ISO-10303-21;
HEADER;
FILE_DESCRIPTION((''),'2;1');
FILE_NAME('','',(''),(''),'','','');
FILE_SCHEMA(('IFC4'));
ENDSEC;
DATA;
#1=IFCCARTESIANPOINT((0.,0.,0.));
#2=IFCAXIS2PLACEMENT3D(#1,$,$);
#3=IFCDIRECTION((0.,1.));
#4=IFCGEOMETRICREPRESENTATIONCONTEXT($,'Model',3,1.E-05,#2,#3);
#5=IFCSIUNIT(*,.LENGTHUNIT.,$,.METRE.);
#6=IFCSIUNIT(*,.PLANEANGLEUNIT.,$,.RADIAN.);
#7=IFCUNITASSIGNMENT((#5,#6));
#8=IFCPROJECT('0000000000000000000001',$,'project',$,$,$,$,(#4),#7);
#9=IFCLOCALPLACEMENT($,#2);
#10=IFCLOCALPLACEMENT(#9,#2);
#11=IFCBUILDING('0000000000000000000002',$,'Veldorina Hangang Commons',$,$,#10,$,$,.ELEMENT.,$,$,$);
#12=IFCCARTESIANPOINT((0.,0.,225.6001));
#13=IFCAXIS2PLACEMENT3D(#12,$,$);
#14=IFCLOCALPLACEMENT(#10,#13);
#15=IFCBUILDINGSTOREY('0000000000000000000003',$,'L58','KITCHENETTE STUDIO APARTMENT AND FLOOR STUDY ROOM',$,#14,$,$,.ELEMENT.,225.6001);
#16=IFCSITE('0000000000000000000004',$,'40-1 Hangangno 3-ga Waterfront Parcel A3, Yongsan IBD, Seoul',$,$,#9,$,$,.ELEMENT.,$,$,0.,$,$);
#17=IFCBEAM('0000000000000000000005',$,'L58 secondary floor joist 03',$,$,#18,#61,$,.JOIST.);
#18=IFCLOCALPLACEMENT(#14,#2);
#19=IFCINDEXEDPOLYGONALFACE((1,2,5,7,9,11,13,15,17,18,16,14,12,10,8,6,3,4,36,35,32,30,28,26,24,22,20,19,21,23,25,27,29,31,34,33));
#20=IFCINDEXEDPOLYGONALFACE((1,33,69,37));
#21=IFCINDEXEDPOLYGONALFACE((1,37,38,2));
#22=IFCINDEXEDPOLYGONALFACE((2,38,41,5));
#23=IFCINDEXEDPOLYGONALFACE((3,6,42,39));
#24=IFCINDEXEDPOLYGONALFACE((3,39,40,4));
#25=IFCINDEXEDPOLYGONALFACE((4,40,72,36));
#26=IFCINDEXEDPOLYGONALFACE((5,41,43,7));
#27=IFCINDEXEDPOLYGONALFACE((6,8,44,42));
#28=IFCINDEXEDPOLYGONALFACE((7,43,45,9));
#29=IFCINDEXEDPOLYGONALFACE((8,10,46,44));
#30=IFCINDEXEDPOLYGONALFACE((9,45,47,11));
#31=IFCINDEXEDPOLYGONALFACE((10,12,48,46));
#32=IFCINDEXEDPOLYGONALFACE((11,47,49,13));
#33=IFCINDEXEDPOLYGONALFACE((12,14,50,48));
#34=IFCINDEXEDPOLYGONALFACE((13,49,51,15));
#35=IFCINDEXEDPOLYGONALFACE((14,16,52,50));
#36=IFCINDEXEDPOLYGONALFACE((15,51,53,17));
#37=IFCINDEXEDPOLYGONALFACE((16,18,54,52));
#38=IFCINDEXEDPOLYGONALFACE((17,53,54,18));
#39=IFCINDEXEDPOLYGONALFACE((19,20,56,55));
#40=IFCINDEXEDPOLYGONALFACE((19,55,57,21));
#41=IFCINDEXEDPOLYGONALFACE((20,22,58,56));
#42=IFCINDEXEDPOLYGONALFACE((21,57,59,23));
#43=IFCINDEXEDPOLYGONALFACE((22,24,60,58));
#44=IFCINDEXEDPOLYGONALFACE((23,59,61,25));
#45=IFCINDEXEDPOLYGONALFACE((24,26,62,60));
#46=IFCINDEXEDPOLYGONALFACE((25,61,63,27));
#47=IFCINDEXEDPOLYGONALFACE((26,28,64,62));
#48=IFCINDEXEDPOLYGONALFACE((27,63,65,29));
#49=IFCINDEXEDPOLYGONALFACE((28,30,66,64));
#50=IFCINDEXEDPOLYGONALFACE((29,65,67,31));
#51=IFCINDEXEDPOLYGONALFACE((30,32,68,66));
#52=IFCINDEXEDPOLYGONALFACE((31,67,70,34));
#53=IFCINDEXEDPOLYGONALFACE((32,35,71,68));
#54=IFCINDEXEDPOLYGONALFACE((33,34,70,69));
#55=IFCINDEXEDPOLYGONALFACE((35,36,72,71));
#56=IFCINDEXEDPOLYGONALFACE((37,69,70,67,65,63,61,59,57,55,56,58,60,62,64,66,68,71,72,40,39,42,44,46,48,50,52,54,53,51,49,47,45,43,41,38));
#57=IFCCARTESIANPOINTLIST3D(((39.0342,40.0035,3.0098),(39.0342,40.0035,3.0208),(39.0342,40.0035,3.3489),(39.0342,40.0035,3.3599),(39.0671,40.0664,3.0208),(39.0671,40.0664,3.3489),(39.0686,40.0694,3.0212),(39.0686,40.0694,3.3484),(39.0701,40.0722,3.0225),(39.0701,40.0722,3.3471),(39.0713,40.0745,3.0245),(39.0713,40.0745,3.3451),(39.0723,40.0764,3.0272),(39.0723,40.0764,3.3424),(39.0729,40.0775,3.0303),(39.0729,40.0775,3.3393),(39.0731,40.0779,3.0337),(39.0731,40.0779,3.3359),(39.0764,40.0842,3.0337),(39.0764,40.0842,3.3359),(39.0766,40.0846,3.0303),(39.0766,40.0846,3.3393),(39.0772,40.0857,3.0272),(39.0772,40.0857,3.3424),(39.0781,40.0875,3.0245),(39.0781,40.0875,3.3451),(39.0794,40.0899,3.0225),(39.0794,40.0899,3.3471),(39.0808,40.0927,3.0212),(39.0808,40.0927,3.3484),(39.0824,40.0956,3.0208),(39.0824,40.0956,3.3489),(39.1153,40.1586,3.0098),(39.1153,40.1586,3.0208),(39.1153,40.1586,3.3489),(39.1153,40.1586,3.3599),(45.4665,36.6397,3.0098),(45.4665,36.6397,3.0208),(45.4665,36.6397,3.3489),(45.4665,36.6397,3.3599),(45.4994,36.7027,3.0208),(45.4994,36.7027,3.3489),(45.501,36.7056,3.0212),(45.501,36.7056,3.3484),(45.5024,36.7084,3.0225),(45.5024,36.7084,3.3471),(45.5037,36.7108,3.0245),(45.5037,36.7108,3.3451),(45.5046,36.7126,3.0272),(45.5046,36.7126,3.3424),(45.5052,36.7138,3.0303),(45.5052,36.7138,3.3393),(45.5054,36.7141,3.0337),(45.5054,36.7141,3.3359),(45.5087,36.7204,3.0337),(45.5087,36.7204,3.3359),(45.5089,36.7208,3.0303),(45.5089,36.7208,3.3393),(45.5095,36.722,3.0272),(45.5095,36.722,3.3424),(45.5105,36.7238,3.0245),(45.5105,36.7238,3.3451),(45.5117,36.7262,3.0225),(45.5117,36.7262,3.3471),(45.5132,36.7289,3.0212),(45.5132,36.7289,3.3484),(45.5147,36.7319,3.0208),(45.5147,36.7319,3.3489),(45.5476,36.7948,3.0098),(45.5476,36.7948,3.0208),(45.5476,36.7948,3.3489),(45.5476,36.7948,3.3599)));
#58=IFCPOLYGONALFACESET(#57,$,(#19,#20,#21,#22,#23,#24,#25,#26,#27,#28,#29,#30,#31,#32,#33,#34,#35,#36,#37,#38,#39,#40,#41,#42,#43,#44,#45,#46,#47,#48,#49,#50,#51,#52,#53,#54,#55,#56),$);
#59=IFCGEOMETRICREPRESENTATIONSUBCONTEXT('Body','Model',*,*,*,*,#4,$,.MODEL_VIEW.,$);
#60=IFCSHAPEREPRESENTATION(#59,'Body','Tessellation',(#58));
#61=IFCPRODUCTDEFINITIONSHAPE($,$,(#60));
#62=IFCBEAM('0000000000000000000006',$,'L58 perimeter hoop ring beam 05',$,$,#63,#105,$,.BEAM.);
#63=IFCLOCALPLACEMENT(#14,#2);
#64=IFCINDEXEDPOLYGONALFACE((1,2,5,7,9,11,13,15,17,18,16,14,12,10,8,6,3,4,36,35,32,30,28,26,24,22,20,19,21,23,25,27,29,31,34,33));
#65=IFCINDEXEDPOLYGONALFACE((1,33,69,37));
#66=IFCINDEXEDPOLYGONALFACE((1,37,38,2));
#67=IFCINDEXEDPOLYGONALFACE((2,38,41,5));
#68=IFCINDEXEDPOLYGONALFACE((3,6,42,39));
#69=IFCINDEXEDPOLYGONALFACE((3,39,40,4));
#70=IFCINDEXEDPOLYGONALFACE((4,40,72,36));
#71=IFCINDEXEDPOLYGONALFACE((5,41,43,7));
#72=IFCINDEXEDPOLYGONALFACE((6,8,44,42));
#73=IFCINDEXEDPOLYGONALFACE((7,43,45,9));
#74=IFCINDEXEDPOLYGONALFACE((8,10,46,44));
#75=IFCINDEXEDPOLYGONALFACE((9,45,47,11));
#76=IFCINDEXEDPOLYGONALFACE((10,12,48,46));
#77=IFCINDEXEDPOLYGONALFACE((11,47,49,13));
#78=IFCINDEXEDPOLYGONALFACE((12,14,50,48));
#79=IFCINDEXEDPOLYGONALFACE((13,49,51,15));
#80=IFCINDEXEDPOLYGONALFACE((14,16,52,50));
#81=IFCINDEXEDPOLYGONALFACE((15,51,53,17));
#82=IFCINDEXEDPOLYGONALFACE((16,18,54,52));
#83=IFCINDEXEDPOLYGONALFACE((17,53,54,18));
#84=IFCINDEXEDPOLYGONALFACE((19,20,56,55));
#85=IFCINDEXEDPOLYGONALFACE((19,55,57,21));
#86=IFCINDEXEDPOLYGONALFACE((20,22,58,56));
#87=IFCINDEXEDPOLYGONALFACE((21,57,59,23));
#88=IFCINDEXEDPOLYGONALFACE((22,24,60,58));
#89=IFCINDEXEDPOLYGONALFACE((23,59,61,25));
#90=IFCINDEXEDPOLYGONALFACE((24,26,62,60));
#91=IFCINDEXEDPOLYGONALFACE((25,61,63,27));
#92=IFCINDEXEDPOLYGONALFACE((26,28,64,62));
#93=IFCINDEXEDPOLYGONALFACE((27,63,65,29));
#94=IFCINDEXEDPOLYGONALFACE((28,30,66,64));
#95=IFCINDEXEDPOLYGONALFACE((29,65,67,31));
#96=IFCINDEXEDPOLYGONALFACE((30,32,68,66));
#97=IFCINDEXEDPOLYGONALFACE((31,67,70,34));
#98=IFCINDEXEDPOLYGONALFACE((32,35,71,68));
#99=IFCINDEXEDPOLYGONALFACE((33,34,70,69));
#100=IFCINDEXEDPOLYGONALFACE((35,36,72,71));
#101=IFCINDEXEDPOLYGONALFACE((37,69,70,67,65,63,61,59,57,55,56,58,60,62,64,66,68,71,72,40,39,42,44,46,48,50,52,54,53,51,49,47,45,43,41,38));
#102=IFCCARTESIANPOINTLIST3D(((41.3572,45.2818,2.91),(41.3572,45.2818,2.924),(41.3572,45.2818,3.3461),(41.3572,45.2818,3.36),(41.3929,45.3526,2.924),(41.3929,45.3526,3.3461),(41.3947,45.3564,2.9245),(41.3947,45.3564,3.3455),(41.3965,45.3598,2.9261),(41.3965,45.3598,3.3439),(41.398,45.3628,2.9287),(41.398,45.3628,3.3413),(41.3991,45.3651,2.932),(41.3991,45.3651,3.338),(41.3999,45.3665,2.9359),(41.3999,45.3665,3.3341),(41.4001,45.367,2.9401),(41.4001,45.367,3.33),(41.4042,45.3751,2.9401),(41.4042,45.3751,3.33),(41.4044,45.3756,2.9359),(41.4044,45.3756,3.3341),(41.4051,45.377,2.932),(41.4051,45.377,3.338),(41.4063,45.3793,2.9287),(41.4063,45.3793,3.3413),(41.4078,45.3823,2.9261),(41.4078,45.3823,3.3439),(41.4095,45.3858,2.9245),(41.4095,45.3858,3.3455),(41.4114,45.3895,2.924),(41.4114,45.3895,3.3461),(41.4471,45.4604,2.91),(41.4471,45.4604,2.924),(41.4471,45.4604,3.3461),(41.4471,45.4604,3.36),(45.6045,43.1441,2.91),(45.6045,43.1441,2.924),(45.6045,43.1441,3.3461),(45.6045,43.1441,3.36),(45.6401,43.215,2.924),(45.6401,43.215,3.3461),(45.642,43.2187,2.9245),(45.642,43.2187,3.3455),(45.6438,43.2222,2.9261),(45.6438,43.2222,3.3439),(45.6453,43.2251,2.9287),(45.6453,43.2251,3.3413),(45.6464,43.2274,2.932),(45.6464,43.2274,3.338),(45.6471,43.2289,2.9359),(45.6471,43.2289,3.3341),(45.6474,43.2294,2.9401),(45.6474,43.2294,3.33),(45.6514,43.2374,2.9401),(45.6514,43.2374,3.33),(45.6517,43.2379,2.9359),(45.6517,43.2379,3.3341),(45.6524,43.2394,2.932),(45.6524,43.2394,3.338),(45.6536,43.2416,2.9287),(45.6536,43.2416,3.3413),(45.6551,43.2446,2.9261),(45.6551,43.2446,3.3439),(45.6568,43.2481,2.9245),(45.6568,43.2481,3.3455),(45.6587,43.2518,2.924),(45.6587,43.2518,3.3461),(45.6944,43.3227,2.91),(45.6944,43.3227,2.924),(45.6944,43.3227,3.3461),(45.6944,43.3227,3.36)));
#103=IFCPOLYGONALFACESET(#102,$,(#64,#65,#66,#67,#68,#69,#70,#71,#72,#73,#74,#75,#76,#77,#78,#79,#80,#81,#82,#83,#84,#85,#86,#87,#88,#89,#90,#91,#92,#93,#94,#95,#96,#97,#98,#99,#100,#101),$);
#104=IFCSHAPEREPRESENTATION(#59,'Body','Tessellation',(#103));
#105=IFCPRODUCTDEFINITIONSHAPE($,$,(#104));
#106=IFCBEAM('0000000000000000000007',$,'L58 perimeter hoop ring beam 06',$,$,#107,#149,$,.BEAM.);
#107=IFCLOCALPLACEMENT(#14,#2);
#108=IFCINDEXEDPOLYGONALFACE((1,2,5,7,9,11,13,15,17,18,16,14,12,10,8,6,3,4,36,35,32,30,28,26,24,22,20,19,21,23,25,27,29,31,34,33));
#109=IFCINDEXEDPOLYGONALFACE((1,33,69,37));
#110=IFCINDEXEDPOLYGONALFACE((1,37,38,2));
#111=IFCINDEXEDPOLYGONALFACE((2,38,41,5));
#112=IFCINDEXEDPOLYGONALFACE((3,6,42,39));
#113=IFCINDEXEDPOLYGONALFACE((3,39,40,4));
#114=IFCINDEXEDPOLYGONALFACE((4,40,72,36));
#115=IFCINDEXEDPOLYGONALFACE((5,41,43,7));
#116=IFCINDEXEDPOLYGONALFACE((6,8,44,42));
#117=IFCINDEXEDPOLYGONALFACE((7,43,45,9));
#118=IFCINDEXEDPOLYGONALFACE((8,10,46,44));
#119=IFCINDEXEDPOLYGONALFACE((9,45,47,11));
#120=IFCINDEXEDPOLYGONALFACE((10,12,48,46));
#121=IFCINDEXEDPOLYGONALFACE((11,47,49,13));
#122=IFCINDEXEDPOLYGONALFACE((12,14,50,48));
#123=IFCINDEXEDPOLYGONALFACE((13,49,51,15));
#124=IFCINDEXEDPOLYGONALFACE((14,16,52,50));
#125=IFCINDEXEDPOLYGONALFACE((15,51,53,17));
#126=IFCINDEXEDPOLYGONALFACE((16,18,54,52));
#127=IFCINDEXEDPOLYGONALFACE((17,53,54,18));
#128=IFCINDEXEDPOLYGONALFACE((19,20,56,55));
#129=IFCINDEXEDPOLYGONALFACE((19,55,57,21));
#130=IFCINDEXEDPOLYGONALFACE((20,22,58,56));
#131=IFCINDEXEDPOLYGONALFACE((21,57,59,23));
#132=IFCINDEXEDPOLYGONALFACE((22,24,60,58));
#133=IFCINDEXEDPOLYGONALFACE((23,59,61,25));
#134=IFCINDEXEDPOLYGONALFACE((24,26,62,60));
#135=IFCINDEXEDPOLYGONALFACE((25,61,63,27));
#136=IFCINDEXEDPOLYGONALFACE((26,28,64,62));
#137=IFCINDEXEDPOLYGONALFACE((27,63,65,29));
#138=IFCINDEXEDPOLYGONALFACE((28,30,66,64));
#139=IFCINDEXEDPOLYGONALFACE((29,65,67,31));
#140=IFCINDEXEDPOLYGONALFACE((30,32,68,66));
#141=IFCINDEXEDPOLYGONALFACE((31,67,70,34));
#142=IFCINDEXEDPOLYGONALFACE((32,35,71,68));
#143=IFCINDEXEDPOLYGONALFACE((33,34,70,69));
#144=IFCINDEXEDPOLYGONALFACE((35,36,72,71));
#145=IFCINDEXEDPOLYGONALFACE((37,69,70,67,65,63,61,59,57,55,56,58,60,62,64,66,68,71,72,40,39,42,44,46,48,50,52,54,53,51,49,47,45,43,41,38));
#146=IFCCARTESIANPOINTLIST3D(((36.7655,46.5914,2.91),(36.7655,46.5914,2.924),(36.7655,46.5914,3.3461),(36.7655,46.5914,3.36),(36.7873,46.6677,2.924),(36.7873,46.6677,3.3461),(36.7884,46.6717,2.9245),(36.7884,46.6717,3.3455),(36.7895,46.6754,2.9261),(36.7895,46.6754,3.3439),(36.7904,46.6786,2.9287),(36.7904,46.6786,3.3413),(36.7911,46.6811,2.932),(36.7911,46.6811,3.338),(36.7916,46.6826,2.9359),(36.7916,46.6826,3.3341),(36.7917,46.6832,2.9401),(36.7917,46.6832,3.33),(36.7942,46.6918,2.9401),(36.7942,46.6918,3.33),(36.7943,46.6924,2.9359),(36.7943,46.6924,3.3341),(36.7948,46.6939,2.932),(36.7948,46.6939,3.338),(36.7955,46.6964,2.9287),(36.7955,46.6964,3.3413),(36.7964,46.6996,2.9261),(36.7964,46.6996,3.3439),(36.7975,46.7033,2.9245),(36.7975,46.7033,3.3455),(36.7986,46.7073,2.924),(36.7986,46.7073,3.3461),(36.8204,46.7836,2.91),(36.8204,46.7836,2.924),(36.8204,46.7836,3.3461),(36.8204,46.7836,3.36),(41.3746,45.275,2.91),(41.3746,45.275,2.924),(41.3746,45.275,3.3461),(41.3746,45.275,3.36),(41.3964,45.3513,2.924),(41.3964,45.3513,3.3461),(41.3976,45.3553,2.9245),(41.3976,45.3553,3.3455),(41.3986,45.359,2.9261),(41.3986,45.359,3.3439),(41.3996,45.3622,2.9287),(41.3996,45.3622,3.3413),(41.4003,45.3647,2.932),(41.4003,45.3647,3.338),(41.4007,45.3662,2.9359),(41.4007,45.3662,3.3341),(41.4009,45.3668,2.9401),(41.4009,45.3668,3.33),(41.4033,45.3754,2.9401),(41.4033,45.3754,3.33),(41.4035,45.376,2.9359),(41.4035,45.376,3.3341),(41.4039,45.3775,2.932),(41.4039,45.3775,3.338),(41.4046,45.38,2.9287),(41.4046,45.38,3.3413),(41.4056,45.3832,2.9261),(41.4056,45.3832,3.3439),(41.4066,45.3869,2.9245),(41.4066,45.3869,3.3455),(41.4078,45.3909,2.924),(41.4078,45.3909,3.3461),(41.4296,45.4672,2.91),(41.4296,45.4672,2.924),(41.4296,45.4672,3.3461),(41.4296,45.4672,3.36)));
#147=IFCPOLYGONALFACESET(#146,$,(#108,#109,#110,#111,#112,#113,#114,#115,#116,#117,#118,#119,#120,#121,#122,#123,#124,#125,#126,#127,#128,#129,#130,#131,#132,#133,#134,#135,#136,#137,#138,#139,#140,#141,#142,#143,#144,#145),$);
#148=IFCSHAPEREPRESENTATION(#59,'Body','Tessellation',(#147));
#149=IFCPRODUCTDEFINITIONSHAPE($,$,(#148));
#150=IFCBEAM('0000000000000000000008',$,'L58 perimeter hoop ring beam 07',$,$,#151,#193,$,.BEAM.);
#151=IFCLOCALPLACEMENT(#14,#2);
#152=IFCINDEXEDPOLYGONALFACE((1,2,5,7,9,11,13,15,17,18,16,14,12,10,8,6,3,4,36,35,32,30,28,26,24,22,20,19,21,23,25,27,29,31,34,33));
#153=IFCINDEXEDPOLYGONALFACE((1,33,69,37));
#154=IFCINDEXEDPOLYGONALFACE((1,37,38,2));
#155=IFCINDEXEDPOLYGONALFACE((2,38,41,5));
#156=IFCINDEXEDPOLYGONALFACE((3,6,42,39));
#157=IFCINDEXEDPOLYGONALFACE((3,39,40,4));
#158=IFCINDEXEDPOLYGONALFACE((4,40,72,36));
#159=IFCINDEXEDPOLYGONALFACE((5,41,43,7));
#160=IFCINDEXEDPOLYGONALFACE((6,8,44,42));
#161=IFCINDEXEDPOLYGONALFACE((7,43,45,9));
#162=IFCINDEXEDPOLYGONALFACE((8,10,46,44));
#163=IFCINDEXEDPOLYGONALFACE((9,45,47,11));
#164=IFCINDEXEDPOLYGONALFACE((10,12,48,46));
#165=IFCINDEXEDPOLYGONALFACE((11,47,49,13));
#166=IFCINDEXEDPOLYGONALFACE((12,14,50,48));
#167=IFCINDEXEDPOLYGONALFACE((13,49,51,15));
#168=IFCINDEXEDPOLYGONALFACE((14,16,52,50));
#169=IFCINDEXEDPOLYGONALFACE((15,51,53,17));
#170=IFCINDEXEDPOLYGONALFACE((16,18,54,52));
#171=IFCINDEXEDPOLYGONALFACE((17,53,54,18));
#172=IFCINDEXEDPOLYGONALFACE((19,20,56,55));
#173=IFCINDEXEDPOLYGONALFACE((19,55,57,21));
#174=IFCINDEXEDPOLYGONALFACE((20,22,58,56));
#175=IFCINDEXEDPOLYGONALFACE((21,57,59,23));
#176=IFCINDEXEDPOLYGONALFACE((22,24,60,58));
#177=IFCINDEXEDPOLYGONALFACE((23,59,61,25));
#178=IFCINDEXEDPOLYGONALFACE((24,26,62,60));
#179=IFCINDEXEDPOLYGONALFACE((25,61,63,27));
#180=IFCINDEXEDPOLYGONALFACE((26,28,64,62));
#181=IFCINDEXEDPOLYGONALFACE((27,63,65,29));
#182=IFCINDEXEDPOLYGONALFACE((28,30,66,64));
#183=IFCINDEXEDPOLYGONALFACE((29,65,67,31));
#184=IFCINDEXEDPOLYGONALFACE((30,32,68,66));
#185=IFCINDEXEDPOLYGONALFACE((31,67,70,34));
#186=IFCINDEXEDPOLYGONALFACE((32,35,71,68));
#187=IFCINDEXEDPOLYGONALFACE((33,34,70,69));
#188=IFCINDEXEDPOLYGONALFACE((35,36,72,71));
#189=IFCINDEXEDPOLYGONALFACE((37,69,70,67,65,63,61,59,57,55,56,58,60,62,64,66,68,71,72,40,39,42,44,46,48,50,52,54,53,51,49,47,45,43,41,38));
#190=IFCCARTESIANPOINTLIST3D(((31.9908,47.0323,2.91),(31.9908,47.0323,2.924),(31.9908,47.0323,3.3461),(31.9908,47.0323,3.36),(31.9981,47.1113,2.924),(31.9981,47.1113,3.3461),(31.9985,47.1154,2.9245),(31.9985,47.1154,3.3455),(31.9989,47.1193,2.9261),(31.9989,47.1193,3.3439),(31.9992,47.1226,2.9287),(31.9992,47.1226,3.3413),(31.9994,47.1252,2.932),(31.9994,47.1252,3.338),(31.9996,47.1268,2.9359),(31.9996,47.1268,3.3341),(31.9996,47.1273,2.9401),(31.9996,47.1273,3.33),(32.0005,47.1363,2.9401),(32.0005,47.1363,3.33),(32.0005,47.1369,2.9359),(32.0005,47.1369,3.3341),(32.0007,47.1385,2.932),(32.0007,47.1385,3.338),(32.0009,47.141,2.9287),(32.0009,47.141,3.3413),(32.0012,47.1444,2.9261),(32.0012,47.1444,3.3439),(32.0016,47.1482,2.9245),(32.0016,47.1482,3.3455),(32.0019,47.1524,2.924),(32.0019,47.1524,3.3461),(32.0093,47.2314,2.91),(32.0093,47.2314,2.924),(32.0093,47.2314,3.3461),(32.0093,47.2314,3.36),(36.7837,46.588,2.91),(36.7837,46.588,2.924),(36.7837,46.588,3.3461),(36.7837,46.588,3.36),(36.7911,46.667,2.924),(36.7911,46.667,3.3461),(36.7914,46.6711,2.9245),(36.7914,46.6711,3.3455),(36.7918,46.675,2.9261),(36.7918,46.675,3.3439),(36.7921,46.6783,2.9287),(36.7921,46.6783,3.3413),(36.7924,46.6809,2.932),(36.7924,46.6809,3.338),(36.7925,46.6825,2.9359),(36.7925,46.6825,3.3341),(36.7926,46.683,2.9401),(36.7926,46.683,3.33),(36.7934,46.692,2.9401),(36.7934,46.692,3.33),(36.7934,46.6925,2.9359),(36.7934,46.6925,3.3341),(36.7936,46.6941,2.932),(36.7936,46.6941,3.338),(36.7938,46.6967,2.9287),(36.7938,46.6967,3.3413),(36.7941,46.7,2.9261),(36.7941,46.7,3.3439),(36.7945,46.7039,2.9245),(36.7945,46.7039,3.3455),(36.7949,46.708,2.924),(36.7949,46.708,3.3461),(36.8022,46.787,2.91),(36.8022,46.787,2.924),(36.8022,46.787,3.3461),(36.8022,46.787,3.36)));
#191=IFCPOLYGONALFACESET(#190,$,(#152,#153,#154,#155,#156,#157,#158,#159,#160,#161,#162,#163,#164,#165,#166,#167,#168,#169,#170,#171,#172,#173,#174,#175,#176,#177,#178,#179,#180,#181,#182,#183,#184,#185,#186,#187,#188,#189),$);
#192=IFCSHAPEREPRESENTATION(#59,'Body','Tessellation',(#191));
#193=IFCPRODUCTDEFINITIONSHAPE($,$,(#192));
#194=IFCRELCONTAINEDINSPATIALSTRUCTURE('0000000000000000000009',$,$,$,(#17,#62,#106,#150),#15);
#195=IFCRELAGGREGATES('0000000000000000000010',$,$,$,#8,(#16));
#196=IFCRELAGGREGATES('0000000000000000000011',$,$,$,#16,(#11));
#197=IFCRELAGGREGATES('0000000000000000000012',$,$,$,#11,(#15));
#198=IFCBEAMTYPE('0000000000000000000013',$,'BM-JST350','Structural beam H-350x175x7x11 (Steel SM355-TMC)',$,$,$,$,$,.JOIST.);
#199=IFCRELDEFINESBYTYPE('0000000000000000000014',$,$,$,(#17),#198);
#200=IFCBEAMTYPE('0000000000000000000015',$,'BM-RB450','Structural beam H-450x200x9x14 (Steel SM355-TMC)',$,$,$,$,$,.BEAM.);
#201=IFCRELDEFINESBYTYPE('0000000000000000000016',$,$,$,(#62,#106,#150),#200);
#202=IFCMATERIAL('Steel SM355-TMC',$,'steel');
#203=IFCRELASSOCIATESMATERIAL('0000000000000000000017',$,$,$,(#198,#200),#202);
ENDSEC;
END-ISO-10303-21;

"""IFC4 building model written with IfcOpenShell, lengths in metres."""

from ifc_helpers import new_model, si_unit, direction, frame, origin, origin_2d, place, context, subcontext, project, spatial, i_section, extrude, material, material_profile, profile_set, type_object, element, save


model = new_model("IFC4")

# Units and contexts
model_context = context("Model", 3, precision=1e-05, world=origin(), true_north=direction((0.0, 1.0)))
body_context = subcontext(model_context, "Body", "Model", "MODEL_VIEW")
ifc_project = project(units=[si_unit("LENGTHUNIT", "METRE"), si_unit("PLANEANGLEUNIT", "RADIAN")], contexts=[model_context])

# Site, building, storey
site_placement = place(None, origin())
site = spatial("IfcSite", under=ifc_project, at=site_placement, Name="40-1 Hangangno 3-ga Waterfront Parcel A3, Yongsan IBD, Seoul", CompositionType="ELEMENT", RefElevation=0.0)
building_placement = place(site_placement, origin())
building = spatial("IfcBuilding", under=site, at=building_placement, Name="Veldorina Hangang Commons", CompositionType="ELEMENT")
storey_placement = place(building_placement, frame((0.0, 0.0, 225.6001)))
storey = spatial("IfcBuildingStorey", under=building, at=storey_placement, Name="L58", Description="KITCHENETTE STUDIO APARTMENT AND FLOOR STUDY ROOM", CompositionType="ELEMENT", Elevation=225.6001)

# Beams
ifc_material_1 = material(Name="Steel SM355-TMC", Category="steel")
ifc_material_profile_1 = material_profile(ifc_material_1, i_section(OverallWidth=0.175, OverallDepth=0.3501, WebThickness=0.0071, FlangeThickness=0.011, FilletRadius=0.0129, at=origin_2d()), Name="H-350x175x7x11")
ifc_profile_set_1 = profile_set([ifc_material_profile_1], Name="Steel SM355-TMC")
beam_type_1 = type_object("IfcBeamType", Name="BM-JST350", Description="Structural beam H-350x175x7x11 (Steel SM355-TMC)", PredefinedType="JOIST", material=ifc_profile_set_1)
beam_1_placement = place(storey_placement, frame((45.5071, 36.7173, 3.1848), z_axis=(-0.886147, 0.463405, 0.0), x_axis=(-0.463405, -0.886147, 0.0)))
element("IfcBeam", 1, at=beam_1_placement, inside=storey, type_object=beam_type_1, Name="L58 secondary floor joist 03", PredefinedType="JOIST", context=body_context, shape_type="SweptSolid", body=[
    extrude(i_section(OverallWidth=0.175, OverallDepth=0.3501, WebThickness=0.0071, FlangeThickness=0.011, FilletRadius=0.0129, at=origin_2d()), origin(), (0.0, 0.0, 1.0), 7.2588),
])
ifc_material_profile_2 = material_profile(ifc_material_1, i_section(OverallWidth=0.2, OverallDepth=0.45, WebThickness=0.009, FlangeThickness=0.0139, FilletRadius=0.0161, at=origin_2d()), Name="H-450x200x9x14")
ifc_profile_set_2 = profile_set([ifc_material_profile_2], Name="Steel SM355-TMC")
beam_type_2 = type_object("IfcBeamType", Name="BM-RB450", Description="Structural beam H-450x200x9x14 (Steel SM355-TMC)", PredefinedType="BEAM", material=ifc_profile_set_2)
beam_2_placement = place(storey_placement, frame((45.6494, 43.2334, 3.135), z_axis=(-0.893243, 0.449574, 0.0), x_axis=(-0.449574, -0.893243, 0.0)))
element("IfcBeam", 2, at=beam_2_placement, inside=storey, type_object=beam_type_2, Name="L58 perimeter hoop ring beam 05", PredefinedType="BEAM", context=body_context, shape_type="SweptSolid", body=[
    extrude(i_section(OverallWidth=0.2, OverallDepth=0.45, WebThickness=0.009, FlangeThickness=0.0139, FilletRadius=0.0161, at=origin_2d()), origin(), (0.0, 0.0, 1.0), 4.7549),
])
beam_3_placement = place(storey_placement, frame((41.4021, 45.3711, 3.135), z_axis=(-0.961551, 0.274627, 0.0), x_axis=(-0.274627, -0.961551, 0.0)))
element("IfcBeam", 3, at=beam_3_placement, inside=storey, type_object=beam_type_2, Name="L58 perimeter hoop ring beam 06", PredefinedType="BEAM", context=body_context, shape_type="SweptSolid", body=[
    extrude(i_section(OverallWidth=0.2, OverallDepth=0.45, WebThickness=0.009, FlangeThickness=0.0139, FilletRadius=0.0161, at=origin_2d()), origin(), (0.0, 0.0, 1.0), 4.7935),
])
beam_4_placement = place(storey_placement, frame((36.793, 46.6875, 3.135), z_axis=(-0.99573, 0.09231, 0.0), x_axis=(-0.09231, -0.99573, 0.0)))
element("IfcBeam", 4, at=beam_4_placement, inside=storey, type_object=beam_type_2, Name="L58 perimeter hoop ring beam 07", PredefinedType="BEAM", context=body_context, shape_type="SweptSolid", body=[
    extrude(i_section(OverallWidth=0.2, OverallDepth=0.45, WebThickness=0.009, FlangeThickness=0.0139, FilletRadius=0.0161, at=origin_2d()), origin(), (0.0, 0.0, 1.0), 4.8135),
])

save(model, "model.ifc")
